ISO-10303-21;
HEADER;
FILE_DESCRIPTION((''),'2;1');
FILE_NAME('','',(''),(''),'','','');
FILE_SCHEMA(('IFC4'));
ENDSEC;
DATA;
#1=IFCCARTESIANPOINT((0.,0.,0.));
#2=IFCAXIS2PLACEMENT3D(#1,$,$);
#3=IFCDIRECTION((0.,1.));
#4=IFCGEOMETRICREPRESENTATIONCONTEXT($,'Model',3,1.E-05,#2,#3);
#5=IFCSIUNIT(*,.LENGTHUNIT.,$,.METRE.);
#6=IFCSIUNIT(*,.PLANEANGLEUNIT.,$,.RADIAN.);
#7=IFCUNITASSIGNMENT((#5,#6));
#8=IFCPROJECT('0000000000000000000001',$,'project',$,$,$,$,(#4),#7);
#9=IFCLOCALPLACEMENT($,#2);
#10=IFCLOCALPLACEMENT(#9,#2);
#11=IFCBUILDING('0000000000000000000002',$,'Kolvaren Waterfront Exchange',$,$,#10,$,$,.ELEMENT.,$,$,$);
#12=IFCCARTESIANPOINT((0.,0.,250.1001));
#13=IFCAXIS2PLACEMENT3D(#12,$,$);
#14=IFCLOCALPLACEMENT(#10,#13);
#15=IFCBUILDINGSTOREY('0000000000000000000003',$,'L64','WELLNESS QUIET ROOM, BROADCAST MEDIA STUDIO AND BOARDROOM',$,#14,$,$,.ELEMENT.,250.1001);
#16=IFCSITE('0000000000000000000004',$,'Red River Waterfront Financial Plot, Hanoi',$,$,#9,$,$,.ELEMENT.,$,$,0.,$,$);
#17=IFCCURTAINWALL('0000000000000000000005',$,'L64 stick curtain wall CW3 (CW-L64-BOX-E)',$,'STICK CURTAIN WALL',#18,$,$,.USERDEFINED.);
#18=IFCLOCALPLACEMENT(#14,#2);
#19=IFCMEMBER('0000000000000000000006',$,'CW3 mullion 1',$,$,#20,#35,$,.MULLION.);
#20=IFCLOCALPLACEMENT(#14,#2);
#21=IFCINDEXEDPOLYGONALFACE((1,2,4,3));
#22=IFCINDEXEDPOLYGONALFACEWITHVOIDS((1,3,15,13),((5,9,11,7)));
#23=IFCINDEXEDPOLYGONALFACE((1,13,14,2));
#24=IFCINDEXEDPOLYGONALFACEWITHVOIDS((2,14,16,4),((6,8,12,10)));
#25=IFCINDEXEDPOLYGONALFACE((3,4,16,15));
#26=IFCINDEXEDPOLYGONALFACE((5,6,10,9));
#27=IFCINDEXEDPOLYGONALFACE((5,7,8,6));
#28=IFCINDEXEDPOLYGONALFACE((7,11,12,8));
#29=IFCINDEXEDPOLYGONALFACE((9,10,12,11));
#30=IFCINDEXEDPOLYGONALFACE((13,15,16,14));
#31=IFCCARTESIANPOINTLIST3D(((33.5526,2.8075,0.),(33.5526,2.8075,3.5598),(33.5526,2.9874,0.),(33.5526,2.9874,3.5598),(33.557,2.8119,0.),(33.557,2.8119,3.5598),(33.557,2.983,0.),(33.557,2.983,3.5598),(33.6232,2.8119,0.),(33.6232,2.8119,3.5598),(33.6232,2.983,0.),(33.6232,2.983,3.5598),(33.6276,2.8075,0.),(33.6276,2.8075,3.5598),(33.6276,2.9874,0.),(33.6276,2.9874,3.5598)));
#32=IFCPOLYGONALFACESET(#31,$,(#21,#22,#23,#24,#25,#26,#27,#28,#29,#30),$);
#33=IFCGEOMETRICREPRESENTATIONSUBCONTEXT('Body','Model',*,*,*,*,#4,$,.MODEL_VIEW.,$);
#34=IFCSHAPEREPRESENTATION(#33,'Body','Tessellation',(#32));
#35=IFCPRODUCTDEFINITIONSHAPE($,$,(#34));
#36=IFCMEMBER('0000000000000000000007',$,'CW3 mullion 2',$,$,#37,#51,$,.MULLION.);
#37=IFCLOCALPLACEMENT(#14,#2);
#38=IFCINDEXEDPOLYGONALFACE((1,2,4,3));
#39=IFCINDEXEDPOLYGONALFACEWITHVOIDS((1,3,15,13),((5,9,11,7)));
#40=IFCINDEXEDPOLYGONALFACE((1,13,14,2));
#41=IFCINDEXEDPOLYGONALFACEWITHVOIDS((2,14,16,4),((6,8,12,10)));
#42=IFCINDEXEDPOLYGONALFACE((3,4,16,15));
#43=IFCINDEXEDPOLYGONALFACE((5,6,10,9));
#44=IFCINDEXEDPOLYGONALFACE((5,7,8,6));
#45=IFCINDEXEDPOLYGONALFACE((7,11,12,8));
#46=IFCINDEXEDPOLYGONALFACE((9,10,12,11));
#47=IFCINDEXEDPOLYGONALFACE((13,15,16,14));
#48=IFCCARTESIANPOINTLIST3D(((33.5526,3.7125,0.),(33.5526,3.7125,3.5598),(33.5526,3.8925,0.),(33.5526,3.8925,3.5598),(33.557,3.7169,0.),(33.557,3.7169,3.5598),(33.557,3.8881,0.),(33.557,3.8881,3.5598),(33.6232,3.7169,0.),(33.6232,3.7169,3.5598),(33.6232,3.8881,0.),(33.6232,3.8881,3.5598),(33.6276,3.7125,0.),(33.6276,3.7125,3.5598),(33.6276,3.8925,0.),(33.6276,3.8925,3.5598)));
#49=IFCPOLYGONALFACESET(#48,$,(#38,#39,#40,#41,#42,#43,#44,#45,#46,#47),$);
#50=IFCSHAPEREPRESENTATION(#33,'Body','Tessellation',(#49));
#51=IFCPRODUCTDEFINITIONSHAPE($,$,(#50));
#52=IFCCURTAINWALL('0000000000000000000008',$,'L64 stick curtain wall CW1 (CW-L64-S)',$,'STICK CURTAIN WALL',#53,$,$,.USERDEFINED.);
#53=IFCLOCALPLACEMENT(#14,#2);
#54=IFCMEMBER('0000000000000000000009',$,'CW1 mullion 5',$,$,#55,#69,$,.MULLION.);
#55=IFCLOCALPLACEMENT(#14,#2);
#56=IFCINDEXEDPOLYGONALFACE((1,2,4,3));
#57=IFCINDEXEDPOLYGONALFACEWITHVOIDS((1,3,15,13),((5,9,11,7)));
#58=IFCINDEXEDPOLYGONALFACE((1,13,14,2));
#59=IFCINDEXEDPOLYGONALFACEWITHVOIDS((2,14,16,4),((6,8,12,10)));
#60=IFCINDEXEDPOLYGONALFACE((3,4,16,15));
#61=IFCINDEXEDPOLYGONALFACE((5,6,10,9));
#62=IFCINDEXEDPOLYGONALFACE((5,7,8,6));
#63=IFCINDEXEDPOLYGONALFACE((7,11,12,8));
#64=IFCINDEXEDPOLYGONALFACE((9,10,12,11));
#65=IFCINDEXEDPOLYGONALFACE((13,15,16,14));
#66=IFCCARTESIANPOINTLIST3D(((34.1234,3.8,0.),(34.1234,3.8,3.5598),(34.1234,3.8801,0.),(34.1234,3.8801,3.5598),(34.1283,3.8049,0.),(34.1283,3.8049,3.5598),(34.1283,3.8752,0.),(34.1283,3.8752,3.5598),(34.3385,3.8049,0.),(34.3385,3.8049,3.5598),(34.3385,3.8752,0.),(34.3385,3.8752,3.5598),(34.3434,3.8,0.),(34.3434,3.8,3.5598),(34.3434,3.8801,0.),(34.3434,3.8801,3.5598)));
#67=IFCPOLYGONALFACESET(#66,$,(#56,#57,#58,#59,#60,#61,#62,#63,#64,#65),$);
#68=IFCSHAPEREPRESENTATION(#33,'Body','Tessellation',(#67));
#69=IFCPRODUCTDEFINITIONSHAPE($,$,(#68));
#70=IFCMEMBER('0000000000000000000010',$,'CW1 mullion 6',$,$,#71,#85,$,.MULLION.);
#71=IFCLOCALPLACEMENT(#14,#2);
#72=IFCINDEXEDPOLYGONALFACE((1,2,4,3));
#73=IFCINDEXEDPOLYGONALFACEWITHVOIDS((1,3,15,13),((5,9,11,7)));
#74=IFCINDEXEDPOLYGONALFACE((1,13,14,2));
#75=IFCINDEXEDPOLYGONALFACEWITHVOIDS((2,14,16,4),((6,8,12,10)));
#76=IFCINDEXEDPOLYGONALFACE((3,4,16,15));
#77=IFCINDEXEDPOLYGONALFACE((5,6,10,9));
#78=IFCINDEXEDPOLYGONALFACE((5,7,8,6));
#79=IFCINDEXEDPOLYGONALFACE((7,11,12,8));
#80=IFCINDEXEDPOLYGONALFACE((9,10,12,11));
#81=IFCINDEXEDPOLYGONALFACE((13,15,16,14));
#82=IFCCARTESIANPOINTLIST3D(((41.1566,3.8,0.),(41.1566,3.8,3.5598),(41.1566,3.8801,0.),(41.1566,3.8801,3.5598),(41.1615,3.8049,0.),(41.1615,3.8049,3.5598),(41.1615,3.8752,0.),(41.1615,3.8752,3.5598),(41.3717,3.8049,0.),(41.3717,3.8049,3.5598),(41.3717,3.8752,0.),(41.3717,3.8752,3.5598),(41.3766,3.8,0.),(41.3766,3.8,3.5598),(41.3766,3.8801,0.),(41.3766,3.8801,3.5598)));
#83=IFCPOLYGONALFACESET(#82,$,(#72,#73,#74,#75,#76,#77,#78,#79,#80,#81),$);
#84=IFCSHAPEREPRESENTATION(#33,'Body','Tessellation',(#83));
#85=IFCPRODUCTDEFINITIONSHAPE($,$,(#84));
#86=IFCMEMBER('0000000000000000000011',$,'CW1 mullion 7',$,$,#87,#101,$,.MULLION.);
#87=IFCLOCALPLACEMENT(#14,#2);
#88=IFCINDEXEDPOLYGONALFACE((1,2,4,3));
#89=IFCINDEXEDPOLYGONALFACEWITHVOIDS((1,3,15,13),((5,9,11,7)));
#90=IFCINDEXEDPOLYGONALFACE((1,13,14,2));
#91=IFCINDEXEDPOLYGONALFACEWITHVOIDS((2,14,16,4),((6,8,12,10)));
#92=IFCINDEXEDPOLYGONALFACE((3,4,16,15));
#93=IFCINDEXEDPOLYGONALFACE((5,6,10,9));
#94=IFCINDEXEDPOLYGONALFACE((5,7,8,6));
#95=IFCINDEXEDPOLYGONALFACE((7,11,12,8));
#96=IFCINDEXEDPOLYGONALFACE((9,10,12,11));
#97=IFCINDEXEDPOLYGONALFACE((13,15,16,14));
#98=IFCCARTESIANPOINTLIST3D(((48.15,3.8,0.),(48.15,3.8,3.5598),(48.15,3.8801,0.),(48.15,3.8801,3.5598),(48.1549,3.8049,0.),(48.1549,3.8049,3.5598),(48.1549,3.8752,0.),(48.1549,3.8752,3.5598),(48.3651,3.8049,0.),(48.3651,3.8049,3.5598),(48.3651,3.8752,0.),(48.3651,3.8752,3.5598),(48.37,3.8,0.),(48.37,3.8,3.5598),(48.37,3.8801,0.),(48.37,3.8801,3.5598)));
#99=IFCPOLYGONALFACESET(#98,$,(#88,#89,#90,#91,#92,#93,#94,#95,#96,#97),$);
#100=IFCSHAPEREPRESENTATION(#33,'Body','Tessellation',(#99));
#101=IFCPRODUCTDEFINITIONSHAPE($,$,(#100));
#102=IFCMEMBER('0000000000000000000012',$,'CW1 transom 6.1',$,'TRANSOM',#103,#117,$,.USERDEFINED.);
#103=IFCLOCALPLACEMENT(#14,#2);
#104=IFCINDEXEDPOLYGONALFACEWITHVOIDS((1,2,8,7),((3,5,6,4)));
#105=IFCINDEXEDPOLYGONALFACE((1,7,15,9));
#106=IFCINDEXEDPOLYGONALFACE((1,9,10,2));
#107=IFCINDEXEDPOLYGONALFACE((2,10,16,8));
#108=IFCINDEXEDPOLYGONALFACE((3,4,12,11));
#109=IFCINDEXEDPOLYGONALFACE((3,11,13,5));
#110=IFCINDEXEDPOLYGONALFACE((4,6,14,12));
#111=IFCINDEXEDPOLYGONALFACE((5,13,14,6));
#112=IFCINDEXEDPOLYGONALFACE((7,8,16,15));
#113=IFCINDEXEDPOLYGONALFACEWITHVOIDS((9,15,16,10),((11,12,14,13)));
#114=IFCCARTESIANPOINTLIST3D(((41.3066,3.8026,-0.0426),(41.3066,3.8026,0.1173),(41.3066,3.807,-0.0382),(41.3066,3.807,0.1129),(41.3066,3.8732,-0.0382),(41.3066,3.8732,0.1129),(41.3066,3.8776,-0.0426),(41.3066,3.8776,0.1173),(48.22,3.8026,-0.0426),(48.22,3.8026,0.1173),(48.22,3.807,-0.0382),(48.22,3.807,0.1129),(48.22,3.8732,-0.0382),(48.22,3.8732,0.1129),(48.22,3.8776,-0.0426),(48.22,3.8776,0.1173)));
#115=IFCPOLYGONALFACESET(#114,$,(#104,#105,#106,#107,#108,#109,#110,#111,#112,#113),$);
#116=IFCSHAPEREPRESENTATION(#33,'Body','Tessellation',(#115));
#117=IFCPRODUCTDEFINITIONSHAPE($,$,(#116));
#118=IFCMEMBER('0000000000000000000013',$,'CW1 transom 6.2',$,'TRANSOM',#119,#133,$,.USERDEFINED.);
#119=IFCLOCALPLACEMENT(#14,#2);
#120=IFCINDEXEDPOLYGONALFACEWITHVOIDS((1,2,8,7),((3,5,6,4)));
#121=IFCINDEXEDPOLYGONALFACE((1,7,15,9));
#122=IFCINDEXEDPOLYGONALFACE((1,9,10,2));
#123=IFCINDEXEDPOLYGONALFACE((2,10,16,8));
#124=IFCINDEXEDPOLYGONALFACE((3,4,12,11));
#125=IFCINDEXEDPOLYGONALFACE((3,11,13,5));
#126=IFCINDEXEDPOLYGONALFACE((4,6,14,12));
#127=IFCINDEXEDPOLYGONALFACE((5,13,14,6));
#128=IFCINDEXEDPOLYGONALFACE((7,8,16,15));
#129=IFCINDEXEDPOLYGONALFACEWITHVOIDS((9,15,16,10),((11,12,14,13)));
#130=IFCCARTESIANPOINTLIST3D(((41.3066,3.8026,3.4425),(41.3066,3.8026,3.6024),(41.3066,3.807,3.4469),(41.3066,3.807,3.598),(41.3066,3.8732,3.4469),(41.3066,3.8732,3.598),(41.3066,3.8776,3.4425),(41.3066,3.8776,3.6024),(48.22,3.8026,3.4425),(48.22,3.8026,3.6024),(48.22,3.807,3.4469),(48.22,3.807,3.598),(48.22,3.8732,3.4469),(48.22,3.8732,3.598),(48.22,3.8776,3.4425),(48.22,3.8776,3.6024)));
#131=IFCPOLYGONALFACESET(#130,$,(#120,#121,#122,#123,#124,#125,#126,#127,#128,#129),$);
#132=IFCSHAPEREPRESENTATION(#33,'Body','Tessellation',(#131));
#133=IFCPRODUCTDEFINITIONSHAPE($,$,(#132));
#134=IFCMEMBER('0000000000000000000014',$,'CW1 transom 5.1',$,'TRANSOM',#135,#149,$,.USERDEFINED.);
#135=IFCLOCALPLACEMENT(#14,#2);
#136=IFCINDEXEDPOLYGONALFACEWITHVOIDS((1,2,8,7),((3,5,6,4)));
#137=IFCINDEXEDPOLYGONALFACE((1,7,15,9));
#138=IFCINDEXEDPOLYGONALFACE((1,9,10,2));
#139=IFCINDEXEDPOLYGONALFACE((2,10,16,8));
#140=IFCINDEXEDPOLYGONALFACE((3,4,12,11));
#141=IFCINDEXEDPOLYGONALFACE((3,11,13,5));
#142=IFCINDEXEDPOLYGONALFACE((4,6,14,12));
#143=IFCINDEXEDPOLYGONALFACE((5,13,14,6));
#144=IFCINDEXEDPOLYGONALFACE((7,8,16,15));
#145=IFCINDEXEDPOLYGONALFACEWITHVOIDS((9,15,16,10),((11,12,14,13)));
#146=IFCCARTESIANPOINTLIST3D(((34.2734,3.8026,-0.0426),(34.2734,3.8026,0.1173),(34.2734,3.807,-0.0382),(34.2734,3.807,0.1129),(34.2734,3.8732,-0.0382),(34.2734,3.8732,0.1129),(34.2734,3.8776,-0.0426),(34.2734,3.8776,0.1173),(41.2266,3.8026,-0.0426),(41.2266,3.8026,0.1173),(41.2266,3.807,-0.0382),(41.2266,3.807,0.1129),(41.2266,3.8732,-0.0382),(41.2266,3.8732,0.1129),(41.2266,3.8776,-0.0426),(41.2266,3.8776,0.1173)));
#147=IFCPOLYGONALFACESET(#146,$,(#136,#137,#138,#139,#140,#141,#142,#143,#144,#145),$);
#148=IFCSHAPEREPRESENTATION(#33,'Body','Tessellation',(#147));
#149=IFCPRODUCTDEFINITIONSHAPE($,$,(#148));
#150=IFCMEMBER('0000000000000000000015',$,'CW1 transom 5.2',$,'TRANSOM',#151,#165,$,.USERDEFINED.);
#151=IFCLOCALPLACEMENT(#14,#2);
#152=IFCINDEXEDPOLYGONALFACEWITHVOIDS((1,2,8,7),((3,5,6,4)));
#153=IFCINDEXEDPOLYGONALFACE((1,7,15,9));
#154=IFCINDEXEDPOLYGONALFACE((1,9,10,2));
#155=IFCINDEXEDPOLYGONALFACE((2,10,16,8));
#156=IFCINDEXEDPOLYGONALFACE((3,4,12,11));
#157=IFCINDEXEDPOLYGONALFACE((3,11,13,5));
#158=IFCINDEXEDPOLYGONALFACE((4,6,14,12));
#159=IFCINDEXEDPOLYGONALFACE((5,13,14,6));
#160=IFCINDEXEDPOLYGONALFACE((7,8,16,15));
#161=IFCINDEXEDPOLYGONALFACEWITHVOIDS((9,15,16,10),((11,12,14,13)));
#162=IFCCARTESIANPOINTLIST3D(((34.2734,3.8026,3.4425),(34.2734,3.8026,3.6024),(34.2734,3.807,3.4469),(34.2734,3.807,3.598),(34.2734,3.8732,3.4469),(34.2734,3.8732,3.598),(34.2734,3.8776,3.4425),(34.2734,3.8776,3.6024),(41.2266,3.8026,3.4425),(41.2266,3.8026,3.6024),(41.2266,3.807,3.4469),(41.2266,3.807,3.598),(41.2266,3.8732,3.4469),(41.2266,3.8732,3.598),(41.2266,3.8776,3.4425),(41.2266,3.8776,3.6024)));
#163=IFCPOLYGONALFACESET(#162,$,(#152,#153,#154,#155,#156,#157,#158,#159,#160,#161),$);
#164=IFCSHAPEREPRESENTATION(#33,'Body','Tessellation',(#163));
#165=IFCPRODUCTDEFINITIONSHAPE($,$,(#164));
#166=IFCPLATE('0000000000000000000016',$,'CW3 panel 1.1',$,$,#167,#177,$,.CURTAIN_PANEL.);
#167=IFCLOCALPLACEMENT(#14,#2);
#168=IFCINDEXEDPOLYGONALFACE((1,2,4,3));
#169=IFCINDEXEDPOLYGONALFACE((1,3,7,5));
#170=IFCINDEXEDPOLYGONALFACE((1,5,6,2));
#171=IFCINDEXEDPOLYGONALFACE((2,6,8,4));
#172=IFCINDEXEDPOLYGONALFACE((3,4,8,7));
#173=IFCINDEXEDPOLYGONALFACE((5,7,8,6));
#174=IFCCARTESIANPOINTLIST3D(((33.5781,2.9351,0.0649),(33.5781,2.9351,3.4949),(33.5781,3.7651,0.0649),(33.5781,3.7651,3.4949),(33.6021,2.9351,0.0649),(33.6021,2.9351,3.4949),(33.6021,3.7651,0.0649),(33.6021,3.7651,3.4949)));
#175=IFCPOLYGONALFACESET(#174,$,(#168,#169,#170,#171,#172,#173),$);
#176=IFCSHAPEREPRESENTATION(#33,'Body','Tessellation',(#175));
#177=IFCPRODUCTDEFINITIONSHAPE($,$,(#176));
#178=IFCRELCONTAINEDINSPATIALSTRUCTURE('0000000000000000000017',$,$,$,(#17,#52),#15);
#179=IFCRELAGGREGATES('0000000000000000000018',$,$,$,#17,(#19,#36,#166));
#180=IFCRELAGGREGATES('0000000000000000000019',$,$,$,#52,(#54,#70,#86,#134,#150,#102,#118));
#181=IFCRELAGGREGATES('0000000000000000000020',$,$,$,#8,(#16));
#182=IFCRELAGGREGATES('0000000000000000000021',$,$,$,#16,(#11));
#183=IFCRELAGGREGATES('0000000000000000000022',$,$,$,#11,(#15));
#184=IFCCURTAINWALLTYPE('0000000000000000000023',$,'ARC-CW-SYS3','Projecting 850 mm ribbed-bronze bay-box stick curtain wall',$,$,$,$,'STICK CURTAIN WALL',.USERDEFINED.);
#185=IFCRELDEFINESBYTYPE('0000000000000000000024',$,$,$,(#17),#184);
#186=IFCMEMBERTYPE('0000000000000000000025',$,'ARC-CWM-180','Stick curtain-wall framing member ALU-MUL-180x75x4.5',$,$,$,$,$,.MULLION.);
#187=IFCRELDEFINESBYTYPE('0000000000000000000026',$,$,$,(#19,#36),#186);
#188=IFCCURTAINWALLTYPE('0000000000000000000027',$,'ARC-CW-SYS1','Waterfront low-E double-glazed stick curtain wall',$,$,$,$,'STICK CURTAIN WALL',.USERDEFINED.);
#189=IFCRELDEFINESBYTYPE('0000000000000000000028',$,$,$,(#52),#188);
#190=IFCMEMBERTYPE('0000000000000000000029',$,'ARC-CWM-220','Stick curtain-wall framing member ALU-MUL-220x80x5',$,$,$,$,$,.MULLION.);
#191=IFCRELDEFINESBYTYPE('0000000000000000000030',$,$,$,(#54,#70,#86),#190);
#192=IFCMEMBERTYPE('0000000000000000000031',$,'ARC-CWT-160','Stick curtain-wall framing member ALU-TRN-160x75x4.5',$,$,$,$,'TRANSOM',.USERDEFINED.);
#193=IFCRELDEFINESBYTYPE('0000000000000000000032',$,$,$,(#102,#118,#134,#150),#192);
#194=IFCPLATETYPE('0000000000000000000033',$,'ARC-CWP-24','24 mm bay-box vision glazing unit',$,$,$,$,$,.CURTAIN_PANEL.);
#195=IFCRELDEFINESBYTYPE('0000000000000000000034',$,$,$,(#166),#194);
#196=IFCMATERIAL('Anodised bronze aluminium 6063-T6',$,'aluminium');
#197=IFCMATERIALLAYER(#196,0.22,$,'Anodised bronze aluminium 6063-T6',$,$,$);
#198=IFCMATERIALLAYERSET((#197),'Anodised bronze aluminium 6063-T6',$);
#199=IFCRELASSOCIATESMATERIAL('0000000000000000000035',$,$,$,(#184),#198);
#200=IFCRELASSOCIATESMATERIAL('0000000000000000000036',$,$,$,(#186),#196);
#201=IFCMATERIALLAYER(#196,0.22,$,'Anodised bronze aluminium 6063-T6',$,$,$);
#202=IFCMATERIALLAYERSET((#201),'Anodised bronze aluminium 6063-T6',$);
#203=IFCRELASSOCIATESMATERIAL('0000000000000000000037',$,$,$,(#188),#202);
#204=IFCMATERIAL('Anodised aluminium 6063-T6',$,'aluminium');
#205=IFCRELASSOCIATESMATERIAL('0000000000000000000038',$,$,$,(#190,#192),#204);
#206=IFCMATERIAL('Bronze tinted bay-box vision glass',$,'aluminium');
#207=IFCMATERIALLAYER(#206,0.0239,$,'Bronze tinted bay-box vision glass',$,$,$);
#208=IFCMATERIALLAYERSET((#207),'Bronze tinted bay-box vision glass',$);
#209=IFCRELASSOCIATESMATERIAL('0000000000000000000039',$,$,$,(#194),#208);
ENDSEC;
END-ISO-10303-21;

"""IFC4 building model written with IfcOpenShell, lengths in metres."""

from ifc_helpers import new_model, si_unit, direction, frame, origin, origin_with_axes, origin_2d, place, context, subcontext, project, spatial, rectangle, hollow_rectangle, extrude, source, transform, mapped, material, layer, layer_set, material_profile, profile_set, type_object, element, aggregate, save


model = new_model("IFC4")

# Units and contexts
model_context = context("Model", 3, precision=1e-05, world=origin(), true_north=direction((0.0, 1.0)))
body_context = subcontext(model_context, "Body", "Model", "MODEL_VIEW")
ifc_project = project(units=[si_unit("LENGTHUNIT", "METRE"), si_unit("PLANEANGLEUNIT", "RADIAN")], contexts=[model_context])

# Site, building, storey
site_placement = place(None, origin())
site = spatial("IfcSite", under=ifc_project, at=site_placement, Name="Red River Waterfront Financial Plot, Hanoi", CompositionType="ELEMENT", RefElevation=0.0)
building_placement = place(site_placement, origin())
building = spatial("IfcBuilding", under=site, at=building_placement, Name="Kolvaren Waterfront Exchange", CompositionType="ELEMENT")
storey_placement = place(building_placement, frame((0.0, 0.0, 250.1001)))
storey = spatial("IfcBuildingStorey", under=building, at=storey_placement, Name="L64", Description="WELLNESS QUIET ROOM, BROADCAST MEDIA STUDIO AND BOARDROOM", CompositionType="ELEMENT", Elevation=250.1001)

# Curtain wall
ifc_material_1 = material(Name="Anodised bronze aluminium 6063-T6", Category="aluminium")
ifc_layer_1 = layer(ifc_material_1, 0.22, Name="Anodised bronze aluminium 6063-T6")
ifc_layer_set_1 = layer_set([ifc_layer_1], Name="Anodised bronze aluminium 6063-T6")
curtain_wall_type_1 = type_object("IfcCurtainWallType", Name="ARC-CW-SYS3", Description="Projecting 850 mm ribbed-bronze bay-box stick curtain wall", ElementType="STICK CURTAIN WALL", PredefinedType="USERDEFINED", material=ifc_layer_set_1)
curtain_wall_1_placement = place(storey_placement, origin())
curtain_wall_1 = element("IfcCurtainWall", 1, at=curtain_wall_1_placement, inside=storey, type_object=curtain_wall_type_1, Name="L64 stick curtain wall CW3 (CW-L64-BOX-E)", ObjectType="STICK CURTAIN WALL", PredefinedType="USERDEFINED")

# Members
ifc_material_profile_1 = material_profile(ifc_material_1, hollow_rectangle(XDim=0.075, YDim=0.1799, WallThickness=0.0044, at=origin_2d()), Name="ALU-MUL-180x75x4.5")
ifc_profile_set_1 = profile_set([ifc_material_profile_1], Name="Anodised bronze aluminium 6063-T6")
member_type_1 = type_object("IfcMemberType", Name="ARC-CWM-180", Description="Stick curtain-wall framing member ALU-MUL-180x75x4.5", PredefinedType="MULLION", material=ifc_profile_set_1)
shared_shape_1 = source(origin_with_axes(), body_context, "Body", "SweptSolid", [
    extrude(hollow_rectangle(XDim=0.075, YDim=0.1799, WallThickness=0.0044, at=origin_2d()), origin(), (0.0, 0.0, 1.0), 3.5598),
])
member_1_placement = place(storey_placement, frame((33.5901, 2.8975, 0.0), z_axis=(0.0, 0.0, 1.0), x_axis=(-1.0, 0.0, 0.0)))
member_1 = element("IfcMember", 2, at=member_1_placement, type_object=member_type_1, Name="CW3 mullion 1", PredefinedType="MULLION", context=body_context, shape_type="MappedRepresentation", body=[
    mapped(shared_shape_1, transform((0.0, 0.0, 0.0), x_axis=(1.0, 0.0, 0.0), y_axis=(0.0, 1.0, 0.0), z_axis=(0.0, 0.0, 1.0), scale=1.0)),
])
member_2_placement = place(storey_placement, frame((33.5901, 3.8025, 0.0), z_axis=(0.0, 0.0, 1.0), x_axis=(-1.0, 0.0, 0.0)))
member_2 = element("IfcMember", 3, at=member_2_placement, type_object=member_type_1, Name="CW3 mullion 2", PredefinedType="MULLION", context=body_context, shape_type="MappedRepresentation", body=[
    mapped(shared_shape_1, transform((0.0, 0.0, 0.0), x_axis=(1.0, 0.0, 0.0), y_axis=(0.0, 1.0, 0.0), z_axis=(0.0, 0.0, 1.0), scale=1.0)),
])

# Curtain wall, members
ifc_layer_2 = layer(ifc_material_1, 0.22, Name="Anodised bronze aluminium 6063-T6")
ifc_layer_set_2 = layer_set([ifc_layer_2], Name="Anodised bronze aluminium 6063-T6")
curtain_wall_type_2 = type_object("IfcCurtainWallType", Name="ARC-CW-SYS1", Description="Waterfront low-E double-glazed stick curtain wall", ElementType="STICK CURTAIN WALL", PredefinedType="USERDEFINED", material=ifc_layer_set_2)
curtain_wall_2_placement = place(storey_placement, origin())
curtain_wall_2 = element("IfcCurtainWall", 4, at=curtain_wall_2_placement, inside=storey, type_object=curtain_wall_type_2, Name="L64 stick curtain wall CW1 (CW-L64-S)", ObjectType="STICK CURTAIN WALL", PredefinedType="USERDEFINED")
ifc_material_2 = material(Name="Anodised aluminium 6063-T6", Category="aluminium")
ifc_material_profile_2 = material_profile(ifc_material_2, hollow_rectangle(XDim=0.0801, YDim=0.22, WallThickness=0.0049, at=origin_2d()), Name="ALU-MUL-220x80x5")
ifc_profile_set_2 = profile_set([ifc_material_profile_2], Name="Anodised aluminium 6063-T6")
member_type_2 = type_object("IfcMemberType", Name="ARC-CWM-220", Description="Stick curtain-wall framing member ALU-MUL-220x80x5", PredefinedType="MULLION", material=ifc_profile_set_2)
shared_shape_2 = source(origin_with_axes(), body_context, "Body", "SweptSolid", [
    extrude(hollow_rectangle(XDim=0.0801, YDim=0.22, WallThickness=0.0049, at=origin_2d()), origin(), (0.0, 0.0, 1.0), 3.5598),
])
member_3_placement = place(storey_placement, frame((34.2334, 3.8401, 0.0), z_axis=(0.0, 0.0, 1.0), x_axis=(0.0, 1.0, 0.0)))
member_3 = element("IfcMember", 5, at=member_3_placement, type_object=member_type_2, Name="CW1 mullion 5", PredefinedType="MULLION", context=body_context, shape_type="MappedRepresentation", body=[
    mapped(shared_shape_2, transform((0.0, 0.0, 0.0), x_axis=(1.0, 0.0, 0.0), y_axis=(0.0, 1.0, 0.0), z_axis=(0.0, 0.0, 1.0), scale=1.0)),
])
member_4_placement = place(storey_placement, frame((41.2666, 3.8401, 0.0), z_axis=(0.0, 0.0, 1.0), x_axis=(0.0, 1.0, 0.0)))
member_4 = element("IfcMember", 6, at=member_4_placement, type_object=member_type_2, Name="CW1 mullion 6", PredefinedType="MULLION", context=body_context, shape_type="MappedRepresentation", body=[
    mapped(shared_shape_2, transform((0.0, 0.0, 0.0), x_axis=(1.0, 0.0, 0.0), y_axis=(0.0, 1.0, 0.0), z_axis=(0.0, 0.0, 1.0), scale=1.0)),
])
member_5_placement = place(storey_placement, frame((48.26, 3.8401, 0.0), z_axis=(0.0, 0.0, 1.0), x_axis=(0.0, 1.0, 0.0)))
member_5 = element("IfcMember", 7, at=member_5_placement, type_object=member_type_2, Name="CW1 mullion 7", PredefinedType="MULLION", context=body_context, shape_type="MappedRepresentation", body=[
    mapped(shared_shape_2, transform((0.0, 0.0, 0.0), x_axis=(1.0, 0.0, 0.0), y_axis=(0.0, 1.0, 0.0), z_axis=(0.0, 0.0, 1.0), scale=1.0)),
])
ifc_material_profile_3 = material_profile(ifc_material_2, hollow_rectangle(XDim=0.075, YDim=0.1599, WallThickness=0.0044, at=origin_2d()), Name="ALU-TRN-160x75x4.5")
ifc_profile_set_3 = profile_set([ifc_material_profile_3], Name="Anodised aluminium 6063-T6")
member_type_3 = type_object("IfcMemberType", Name="ARC-CWT-160", Description="Stick curtain-wall framing member ALU-TRN-160x75x4.5", ElementType="TRANSOM", PredefinedType="USERDEFINED", material=ifc_profile_set_3)
shared_shape_3 = source(origin_with_axes(), body_context, "Body", "SweptSolid", [
    extrude(hollow_rectangle(XDim=0.075, YDim=0.1599, WallThickness=0.0044, at=origin_2d()), origin(), (0.0, 0.0, 1.0), 6.9133),
])
member_6_placement = place(storey_placement, frame((41.3066, 3.8401, 0.0374), z_axis=(1.0, 0.0, 0.0), x_axis=(0.0, 1.0, 0.0)))
member_6 = element("IfcMember", 8, at=member_6_placement, type_object=member_type_3, Name="CW1 transom 6.1", ObjectType="TRANSOM", PredefinedType="USERDEFINED", context=body_context, shape_type="MappedRepresentation", body=[
    mapped(shared_shape_3, transform((0.0, 0.0, 0.0), x_axis=(1.0, 0.0, 0.0), y_axis=(0.0, 1.0, 0.0), z_axis=(0.0, 0.0, 1.0), scale=1.0)),
])
member_7_placement = place(storey_placement, frame((41.3066, 3.8401, 3.5225), z_axis=(1.0, 0.0, 0.0), x_axis=(0.0, 1.0, 0.0)))
member_7 = element("IfcMember", 9, at=member_7_placement, type_object=member_type_3, Name="CW1 transom 6.2", ObjectType="TRANSOM", PredefinedType="USERDEFINED", context=body_context, shape_type="MappedRepresentation", body=[
    mapped(shared_shape_3, transform((0.0, 0.0, 0.0), x_axis=(1.0, 0.0, 0.0), y_axis=(0.0, 1.0, 0.0), z_axis=(0.0, 0.0, 1.0), scale=1.0)),
])
shared_shape_4 = source(origin_with_axes(), body_context, "Body", "SweptSolid", [
    extrude(hollow_rectangle(XDim=0.075, YDim=0.1599, WallThickness=0.0044, at=origin_2d()), origin(), (0.0, 0.0, 1.0), 6.9531),
])
member_8_placement = place(storey_placement, frame((34.2734, 3.8401, 0.0374), z_axis=(1.0, 0.0, 0.0), x_axis=(0.0, 1.0, 0.0)))
member_8 = element("IfcMember", 10, at=member_8_placement, type_object=member_type_3, Name="CW1 transom 5.1", ObjectType="TRANSOM", PredefinedType="USERDEFINED", context=body_context, shape_type="MappedRepresentation", body=[
    mapped(shared_shape_4, transform((0.0, 0.0, 0.0), x_axis=(1.0, 0.0, 0.0), y_axis=(0.0, 1.0, 0.0), z_axis=(0.0, 0.0, 1.0), scale=1.0)),
])
member_9_placement = place(storey_placement, frame((34.2734, 3.8401, 3.5225), z_axis=(1.0, 0.0, 0.0), x_axis=(0.0, 1.0, 0.0)))
member_9 = element("IfcMember", 11, at=member_9_placement, type_object=member_type_3, Name="CW1 transom 5.2", ObjectType="TRANSOM", PredefinedType="USERDEFINED", context=body_context, shape_type="MappedRepresentation", body=[
    mapped(shared_shape_4, transform((0.0, 0.0, 0.0), x_axis=(1.0, 0.0, 0.0), y_axis=(0.0, 1.0, 0.0), z_axis=(0.0, 0.0, 1.0), scale=1.0)),
])

# Plate
ifc_material_3 = material(Name="Bronze tinted bay-box vision glass", Category="aluminium")
ifc_layer_3 = layer(ifc_material_3, 0.0239, Name="Bronze tinted bay-box vision glass")
ifc_layer_set_3 = layer_set([ifc_layer_3], Name="Bronze tinted bay-box vision glass")
plate_type_1 = type_object("IfcPlateType", Name="ARC-CWP-24", Description="24 mm bay-box vision glazing unit", PredefinedType="CURTAIN_PANEL", material=ifc_layer_set_3)
shared_shape_5 = source(origin_with_axes(), body_context, "Body", "SweptSolid", [
    extrude(rectangle(XDim=0.8301, YDim=0.0239, at=origin_2d()), origin(), (0.0, 0.0, 1.0), 3.4299),
])
plate_1_placement = place(storey_placement, frame((33.5901, 3.3501, 0.0649), z_axis=(0.0, 0.0, 1.0), x_axis=(0.0, 1.0, 0.0)))
plate_1 = element("IfcPlate", 12, at=plate_1_placement, type_object=plate_type_1, Name="CW3 panel 1.1", PredefinedType="CURTAIN_PANEL", context=body_context, shape_type="MappedRepresentation", body=[
    mapped(shared_shape_5, transform((0.0, 0.0, 0.0), x_axis=(1.0, 0.0, 0.0), y_axis=(0.0, 1.0, 0.0), z_axis=(0.0, 0.0, 1.0), scale=1.0)),
])
aggregate(curtain_wall_1, [member_1, member_2, plate_1])
aggregate(curtain_wall_2, [member_3, member_4, member_5, member_8, member_9, member_6, member_7])

save(model, "model.ifc")
